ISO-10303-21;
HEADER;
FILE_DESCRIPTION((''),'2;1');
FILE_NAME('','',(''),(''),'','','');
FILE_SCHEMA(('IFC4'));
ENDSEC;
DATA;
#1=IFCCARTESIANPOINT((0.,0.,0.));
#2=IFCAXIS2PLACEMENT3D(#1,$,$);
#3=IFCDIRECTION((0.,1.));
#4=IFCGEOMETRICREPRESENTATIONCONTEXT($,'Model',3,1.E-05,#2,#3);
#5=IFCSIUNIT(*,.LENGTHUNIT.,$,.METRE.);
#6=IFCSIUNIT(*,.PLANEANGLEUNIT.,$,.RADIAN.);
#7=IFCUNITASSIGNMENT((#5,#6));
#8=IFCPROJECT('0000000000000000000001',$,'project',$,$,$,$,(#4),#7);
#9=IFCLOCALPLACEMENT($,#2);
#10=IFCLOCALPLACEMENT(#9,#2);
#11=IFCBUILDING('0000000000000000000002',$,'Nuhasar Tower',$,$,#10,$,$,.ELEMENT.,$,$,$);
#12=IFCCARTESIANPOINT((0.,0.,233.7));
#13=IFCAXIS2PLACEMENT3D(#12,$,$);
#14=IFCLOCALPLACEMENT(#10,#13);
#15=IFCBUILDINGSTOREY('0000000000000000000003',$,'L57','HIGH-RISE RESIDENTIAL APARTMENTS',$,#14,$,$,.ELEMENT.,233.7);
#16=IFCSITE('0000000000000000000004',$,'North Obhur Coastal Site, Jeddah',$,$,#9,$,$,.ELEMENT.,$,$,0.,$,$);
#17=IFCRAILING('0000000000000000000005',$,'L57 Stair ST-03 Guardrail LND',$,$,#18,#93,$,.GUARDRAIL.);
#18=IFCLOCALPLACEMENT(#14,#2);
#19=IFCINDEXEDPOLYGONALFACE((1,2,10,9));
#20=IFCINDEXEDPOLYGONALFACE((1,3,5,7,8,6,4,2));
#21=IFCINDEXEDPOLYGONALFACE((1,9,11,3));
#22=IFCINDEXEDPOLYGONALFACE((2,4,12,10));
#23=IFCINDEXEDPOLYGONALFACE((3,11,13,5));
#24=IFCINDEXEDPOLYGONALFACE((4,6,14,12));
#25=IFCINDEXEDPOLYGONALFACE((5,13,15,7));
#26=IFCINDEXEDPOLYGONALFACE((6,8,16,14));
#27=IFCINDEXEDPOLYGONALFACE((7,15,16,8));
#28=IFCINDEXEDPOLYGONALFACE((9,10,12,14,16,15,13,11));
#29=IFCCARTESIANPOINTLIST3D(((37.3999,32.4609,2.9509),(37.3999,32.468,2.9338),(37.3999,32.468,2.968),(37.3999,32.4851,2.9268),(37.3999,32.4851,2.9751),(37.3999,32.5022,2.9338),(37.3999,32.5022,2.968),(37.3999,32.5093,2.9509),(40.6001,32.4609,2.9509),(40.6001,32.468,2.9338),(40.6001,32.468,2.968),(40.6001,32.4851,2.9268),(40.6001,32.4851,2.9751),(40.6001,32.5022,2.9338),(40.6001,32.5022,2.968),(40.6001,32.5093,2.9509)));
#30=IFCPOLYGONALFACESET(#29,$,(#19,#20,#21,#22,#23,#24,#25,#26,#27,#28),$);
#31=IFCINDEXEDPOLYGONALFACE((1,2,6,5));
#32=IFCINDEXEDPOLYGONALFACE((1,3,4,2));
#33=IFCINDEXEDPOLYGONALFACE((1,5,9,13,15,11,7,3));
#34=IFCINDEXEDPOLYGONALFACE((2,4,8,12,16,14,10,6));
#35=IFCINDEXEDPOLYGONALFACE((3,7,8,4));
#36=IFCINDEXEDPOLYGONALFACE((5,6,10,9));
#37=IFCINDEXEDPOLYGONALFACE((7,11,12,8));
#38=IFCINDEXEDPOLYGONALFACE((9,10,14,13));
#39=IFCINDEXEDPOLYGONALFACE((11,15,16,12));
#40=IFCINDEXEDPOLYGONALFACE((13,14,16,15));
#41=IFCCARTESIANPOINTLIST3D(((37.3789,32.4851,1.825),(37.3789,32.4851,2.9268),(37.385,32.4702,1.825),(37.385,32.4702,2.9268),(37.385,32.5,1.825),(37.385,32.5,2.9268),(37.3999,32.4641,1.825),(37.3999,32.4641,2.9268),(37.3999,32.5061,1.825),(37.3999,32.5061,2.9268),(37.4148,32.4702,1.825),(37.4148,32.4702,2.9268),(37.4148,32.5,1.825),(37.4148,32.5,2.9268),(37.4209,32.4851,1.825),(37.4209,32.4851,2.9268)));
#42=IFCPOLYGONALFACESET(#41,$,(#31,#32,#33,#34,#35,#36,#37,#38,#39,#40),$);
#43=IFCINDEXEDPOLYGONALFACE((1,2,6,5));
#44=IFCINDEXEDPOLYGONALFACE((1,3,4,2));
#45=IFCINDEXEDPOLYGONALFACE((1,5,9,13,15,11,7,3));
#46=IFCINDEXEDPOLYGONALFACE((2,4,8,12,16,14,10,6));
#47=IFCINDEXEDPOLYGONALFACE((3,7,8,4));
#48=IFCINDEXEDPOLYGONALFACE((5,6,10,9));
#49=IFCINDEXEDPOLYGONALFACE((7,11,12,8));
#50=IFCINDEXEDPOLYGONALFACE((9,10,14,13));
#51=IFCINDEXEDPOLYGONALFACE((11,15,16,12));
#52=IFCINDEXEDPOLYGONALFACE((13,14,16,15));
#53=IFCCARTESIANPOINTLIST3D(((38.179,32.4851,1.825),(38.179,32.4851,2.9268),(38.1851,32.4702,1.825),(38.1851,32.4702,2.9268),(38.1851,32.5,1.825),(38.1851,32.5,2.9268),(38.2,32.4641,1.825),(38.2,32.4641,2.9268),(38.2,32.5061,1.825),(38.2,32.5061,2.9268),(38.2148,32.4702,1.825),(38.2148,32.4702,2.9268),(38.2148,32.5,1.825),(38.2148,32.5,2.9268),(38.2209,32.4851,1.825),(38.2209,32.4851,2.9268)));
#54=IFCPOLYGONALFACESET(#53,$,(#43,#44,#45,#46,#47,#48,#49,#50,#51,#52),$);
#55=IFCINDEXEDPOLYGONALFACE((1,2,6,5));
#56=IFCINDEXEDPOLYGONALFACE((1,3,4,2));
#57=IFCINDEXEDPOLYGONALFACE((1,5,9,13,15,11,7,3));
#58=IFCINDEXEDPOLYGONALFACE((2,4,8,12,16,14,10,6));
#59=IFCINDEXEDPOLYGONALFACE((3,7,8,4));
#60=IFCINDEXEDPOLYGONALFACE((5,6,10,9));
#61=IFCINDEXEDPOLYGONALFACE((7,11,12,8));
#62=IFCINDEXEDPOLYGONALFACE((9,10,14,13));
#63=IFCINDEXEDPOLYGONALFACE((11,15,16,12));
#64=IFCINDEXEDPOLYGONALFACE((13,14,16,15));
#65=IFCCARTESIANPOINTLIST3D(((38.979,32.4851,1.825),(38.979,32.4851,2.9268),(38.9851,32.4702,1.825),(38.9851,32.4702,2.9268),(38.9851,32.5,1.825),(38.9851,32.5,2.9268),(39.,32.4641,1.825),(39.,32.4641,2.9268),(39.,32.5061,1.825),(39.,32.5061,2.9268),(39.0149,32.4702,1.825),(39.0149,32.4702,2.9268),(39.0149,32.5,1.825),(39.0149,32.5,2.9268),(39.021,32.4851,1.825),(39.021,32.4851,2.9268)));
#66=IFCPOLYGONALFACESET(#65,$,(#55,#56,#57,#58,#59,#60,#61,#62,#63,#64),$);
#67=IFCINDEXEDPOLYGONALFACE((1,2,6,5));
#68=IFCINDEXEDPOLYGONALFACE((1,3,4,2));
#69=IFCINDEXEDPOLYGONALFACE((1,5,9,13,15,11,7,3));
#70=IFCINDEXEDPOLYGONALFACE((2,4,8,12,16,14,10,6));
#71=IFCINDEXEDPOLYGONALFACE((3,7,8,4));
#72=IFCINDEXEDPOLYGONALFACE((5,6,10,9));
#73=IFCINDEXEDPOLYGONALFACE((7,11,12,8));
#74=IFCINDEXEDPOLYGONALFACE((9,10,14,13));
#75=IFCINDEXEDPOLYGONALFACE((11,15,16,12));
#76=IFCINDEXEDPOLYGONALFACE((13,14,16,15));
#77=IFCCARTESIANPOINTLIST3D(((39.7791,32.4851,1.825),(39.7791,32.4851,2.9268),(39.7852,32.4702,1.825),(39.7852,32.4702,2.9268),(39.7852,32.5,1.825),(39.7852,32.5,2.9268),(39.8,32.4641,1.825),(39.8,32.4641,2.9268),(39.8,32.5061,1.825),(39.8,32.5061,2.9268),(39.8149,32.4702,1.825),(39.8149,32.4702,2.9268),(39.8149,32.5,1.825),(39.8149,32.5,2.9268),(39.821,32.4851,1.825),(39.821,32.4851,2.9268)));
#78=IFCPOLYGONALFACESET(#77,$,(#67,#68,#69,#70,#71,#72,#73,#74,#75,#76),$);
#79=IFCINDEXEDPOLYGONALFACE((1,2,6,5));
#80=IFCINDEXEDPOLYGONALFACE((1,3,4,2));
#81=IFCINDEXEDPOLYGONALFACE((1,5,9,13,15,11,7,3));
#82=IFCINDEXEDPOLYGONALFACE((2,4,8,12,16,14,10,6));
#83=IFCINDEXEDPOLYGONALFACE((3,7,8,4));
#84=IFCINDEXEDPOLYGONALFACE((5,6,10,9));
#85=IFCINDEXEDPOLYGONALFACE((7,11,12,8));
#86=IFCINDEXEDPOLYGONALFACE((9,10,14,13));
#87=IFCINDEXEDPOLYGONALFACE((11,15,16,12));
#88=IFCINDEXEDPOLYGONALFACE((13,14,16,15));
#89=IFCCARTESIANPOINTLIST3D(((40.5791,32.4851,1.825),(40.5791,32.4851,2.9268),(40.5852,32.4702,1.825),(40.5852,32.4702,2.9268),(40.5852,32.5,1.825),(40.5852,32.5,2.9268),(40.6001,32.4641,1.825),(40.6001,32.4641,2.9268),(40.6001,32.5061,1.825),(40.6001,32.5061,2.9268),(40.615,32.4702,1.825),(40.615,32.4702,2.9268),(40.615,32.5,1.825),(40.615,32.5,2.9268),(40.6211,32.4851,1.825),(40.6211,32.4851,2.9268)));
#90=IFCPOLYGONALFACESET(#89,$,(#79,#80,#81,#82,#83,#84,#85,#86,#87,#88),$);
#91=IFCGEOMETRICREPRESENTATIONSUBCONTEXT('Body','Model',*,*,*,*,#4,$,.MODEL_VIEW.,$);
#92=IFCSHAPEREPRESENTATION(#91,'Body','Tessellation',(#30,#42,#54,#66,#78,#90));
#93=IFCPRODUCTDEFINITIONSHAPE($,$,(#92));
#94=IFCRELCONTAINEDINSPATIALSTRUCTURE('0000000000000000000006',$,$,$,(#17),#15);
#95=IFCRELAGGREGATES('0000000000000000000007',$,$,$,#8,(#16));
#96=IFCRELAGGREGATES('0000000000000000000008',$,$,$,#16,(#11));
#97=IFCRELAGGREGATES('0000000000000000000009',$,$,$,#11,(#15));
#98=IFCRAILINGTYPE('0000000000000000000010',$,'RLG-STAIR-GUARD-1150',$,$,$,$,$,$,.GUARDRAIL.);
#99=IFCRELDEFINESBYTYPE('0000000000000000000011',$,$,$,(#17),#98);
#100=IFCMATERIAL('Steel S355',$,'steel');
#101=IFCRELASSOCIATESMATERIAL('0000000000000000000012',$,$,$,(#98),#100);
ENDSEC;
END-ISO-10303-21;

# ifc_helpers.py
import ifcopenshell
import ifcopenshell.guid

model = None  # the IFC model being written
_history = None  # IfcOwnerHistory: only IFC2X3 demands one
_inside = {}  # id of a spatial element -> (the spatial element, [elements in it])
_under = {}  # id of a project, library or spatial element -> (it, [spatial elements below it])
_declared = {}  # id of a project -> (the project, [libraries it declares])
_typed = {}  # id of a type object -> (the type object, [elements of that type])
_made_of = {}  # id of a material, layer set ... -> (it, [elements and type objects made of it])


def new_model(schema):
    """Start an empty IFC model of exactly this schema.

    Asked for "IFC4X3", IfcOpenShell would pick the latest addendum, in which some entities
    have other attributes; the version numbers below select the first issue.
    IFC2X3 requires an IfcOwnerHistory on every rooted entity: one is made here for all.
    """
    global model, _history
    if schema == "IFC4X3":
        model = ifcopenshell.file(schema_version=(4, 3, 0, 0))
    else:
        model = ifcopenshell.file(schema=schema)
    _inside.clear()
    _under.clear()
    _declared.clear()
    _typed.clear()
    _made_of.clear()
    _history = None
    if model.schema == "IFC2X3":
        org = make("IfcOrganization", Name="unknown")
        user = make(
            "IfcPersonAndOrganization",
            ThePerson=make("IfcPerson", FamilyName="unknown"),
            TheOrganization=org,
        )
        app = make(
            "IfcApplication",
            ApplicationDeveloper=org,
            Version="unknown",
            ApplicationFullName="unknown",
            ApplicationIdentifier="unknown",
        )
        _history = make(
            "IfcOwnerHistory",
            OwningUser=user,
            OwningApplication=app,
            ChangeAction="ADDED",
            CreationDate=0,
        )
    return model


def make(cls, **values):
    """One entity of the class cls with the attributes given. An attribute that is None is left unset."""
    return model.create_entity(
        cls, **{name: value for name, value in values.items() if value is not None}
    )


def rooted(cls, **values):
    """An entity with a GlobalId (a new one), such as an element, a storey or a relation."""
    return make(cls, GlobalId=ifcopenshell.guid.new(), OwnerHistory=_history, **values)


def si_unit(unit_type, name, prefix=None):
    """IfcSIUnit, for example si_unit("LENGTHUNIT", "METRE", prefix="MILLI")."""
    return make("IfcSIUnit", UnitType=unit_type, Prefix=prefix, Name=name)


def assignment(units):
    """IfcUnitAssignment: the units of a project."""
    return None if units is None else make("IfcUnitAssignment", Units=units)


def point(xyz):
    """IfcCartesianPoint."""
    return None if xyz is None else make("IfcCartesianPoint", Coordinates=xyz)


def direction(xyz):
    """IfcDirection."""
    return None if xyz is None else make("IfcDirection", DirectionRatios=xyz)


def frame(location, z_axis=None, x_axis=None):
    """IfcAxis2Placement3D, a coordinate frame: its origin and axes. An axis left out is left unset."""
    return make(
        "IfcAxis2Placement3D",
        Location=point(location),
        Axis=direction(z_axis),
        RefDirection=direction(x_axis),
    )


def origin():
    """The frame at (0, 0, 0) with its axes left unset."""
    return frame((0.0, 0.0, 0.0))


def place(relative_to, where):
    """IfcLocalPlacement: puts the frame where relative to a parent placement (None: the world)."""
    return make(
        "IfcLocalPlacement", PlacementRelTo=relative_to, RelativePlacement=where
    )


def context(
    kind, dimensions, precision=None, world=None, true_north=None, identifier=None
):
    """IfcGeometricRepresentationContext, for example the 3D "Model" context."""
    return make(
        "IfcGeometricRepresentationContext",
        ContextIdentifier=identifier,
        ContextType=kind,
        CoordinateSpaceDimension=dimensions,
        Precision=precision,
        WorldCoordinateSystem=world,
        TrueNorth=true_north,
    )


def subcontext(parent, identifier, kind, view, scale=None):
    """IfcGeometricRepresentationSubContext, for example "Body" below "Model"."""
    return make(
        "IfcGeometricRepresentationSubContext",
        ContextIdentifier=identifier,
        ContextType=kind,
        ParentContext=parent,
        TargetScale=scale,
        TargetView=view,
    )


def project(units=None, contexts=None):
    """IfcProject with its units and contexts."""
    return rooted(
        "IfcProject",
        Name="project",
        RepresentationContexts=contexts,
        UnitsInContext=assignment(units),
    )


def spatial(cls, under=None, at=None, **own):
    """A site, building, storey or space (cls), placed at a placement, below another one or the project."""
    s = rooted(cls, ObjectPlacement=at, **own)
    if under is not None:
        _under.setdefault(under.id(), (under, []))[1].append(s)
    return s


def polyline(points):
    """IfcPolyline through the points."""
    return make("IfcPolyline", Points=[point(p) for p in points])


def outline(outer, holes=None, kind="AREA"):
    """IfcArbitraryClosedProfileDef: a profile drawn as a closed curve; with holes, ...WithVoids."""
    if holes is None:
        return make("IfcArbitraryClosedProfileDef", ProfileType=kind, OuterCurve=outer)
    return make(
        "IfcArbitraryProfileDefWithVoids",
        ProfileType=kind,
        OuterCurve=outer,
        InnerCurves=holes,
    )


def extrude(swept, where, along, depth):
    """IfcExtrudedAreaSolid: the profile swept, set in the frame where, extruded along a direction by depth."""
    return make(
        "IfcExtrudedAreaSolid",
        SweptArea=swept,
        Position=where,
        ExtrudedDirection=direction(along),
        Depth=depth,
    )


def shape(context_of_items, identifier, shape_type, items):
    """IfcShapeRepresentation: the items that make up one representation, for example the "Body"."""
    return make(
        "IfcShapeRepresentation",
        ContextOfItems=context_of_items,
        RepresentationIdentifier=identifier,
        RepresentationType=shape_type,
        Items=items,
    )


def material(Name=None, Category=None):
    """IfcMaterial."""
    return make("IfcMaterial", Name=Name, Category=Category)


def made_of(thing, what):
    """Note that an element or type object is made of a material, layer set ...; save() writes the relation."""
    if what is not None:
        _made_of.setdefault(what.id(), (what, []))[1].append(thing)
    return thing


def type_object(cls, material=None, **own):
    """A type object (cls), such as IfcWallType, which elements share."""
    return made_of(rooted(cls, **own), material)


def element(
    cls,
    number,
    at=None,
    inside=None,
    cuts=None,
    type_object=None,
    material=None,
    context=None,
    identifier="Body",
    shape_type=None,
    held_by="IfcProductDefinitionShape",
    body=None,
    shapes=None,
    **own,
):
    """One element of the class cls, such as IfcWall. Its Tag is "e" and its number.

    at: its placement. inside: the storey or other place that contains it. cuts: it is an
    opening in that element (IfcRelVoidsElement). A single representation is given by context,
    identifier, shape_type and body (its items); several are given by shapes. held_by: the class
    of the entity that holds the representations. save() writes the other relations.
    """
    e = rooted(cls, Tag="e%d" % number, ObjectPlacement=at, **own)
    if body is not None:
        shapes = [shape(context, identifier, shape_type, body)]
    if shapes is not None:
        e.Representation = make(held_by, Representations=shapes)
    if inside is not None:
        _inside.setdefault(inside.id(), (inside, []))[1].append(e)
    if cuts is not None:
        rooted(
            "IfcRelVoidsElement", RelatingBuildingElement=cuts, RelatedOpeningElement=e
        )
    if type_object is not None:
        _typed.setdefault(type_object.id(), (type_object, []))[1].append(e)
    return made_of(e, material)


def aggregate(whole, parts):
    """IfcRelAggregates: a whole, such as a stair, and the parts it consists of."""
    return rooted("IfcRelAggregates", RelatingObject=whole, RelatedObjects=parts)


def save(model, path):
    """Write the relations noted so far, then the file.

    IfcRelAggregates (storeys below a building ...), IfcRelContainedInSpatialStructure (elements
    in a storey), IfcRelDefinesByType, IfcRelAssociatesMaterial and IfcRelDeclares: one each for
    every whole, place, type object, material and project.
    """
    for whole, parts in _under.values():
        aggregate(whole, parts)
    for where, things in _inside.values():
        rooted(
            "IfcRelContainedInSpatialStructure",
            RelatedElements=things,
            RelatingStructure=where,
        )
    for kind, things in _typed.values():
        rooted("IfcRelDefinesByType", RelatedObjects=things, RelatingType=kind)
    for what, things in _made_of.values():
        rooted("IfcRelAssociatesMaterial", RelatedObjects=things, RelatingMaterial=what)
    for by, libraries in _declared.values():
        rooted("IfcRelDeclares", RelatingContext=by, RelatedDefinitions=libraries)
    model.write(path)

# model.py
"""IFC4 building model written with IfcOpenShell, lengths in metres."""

from ifc_helpers import new_model, si_unit, direction, frame, origin, place, context, subcontext, project, spatial, polyline, outline, extrude, material, type_object, element, save


model = new_model("IFC4")

# Units and contexts
model_context = context("Model", 3, precision=1e-05, world=origin(), true_north=direction((0.0, 1.0)))
body_context = subcontext(model_context, "Body", "Model", "MODEL_VIEW")
ifc_project = project(units=[si_unit("LENGTHUNIT", "METRE"), si_unit("PLANEANGLEUNIT", "RADIAN")], contexts=[model_context])

# Site, building, storey
site_placement = place(None, origin())
site = spatial("IfcSite", under=ifc_project, at=site_placement, Name="North Obhur Coastal Site, Jeddah", CompositionType="ELEMENT", RefElevation=0.0)
building_placement = place(site_placement, origin())
building = spatial("IfcBuilding", under=site, at=building_placement, Name="Nuhasar Tower", CompositionType="ELEMENT")
storey_placement = place(building_placement, frame((0.0, 0.0, 233.7)))
storey = spatial("IfcBuildingStorey", under=building, at=storey_placement, Name="L57", Description="HIGH-RISE RESIDENTIAL APARTMENTS", CompositionType="ELEMENT", Elevation=233.7)

# Shared definitions
ifc_material_1 = material(Name="Steel S355", Category="steel")

# Railing
railing_type_1 = type_object("IfcRailingType", Name="RLG-STAIR-GUARD-1150", PredefinedType="GUARDRAIL", material=ifc_material_1)
railing_1_placement = place(storey_placement, frame((37.3999, 32.4851, 1.825)))
element("IfcRailing", 1, at=railing_1_placement, inside=storey, type_object=railing_type_1, Name="L57 Stair ST-03 Guardrail LND", PredefinedType="GUARDRAIL", context=body_context, shape_type="SweptSolid", body=[
    extrude(outline(polyline([(0.0242, 0.0), (0.0171, 0.0171), (0.0, 0.0242), (-0.0171, 0.0171), (-0.0242, 0.0), (-0.0171, -0.0171), (0.0, -0.0242), (0.0171, -0.0171), (0.0242, 0.0)])), frame((0.0, 0.0, 1.126), z_axis=(1.0, 0.0, 0.0), x_axis=(0.0, 1.0, 0.0)), (0.0, 0.0, 1.0), 3.2002),
    extrude(outline(polyline([(0.021, 0.0), (0.0149, 0.0149), (0.0, 0.021), (-0.0149, 0.0149), (-0.021, 0.0), (-0.0149, -0.0149), (0.0, -0.021), (0.0149, -0.0149), (0.021, 0.0)])), origin(), (0.0, 0.0, 1.0), 1.1018),
    extrude(outline(polyline([(0.021, 0.0), (0.0149, 0.0149), (0.0, 0.021), (-0.0149, 0.0149), (-0.021, 0.0), (-0.0149, -0.0149), (0.0, -0.021), (0.0149, -0.0149), (0.021, 0.0)])), frame((0.8, 0.0, 0.0)), (0.0, 0.0, 1.0), 1.1018),
    extrude(outline(polyline([(0.021, 0.0), (0.0149, 0.0149), (0.0, 0.021), (-0.0149, 0.0149), (-0.021, 0.0), (-0.0149, -0.0149), (0.0, -0.021), (0.0149, -0.0149), (0.021, 0.0)])), frame((1.6001, 0.0, 0.0)), (0.0, 0.0, 1.0), 1.1018),
    extrude(outline(polyline([(0.021, 0.0), (0.0149, 0.0149), (0.0, 0.021), (-0.0149, 0.0149), (-0.021, 0.0), (-0.0149, -0.0149), (0.0, -0.021), (0.0149, -0.0149), (0.021, 0.0)])), frame((2.4001, 0.0, 0.0)), (0.0, 0.0, 1.0), 1.1018),
    extrude(outline(polyline([(0.021, 0.0), (0.0149, 0.0149), (0.0, 0.021), (-0.0149, 0.0149), (-0.021, 0.0), (-0.0149, -0.0149), (0.0, -0.021), (0.0149, -0.0149), (0.021, 0.0)])), frame((3.2002, 0.0, 0.0)), (0.0, 0.0, 1.0), 1.1018),
])

save(model, "model.ifc")
